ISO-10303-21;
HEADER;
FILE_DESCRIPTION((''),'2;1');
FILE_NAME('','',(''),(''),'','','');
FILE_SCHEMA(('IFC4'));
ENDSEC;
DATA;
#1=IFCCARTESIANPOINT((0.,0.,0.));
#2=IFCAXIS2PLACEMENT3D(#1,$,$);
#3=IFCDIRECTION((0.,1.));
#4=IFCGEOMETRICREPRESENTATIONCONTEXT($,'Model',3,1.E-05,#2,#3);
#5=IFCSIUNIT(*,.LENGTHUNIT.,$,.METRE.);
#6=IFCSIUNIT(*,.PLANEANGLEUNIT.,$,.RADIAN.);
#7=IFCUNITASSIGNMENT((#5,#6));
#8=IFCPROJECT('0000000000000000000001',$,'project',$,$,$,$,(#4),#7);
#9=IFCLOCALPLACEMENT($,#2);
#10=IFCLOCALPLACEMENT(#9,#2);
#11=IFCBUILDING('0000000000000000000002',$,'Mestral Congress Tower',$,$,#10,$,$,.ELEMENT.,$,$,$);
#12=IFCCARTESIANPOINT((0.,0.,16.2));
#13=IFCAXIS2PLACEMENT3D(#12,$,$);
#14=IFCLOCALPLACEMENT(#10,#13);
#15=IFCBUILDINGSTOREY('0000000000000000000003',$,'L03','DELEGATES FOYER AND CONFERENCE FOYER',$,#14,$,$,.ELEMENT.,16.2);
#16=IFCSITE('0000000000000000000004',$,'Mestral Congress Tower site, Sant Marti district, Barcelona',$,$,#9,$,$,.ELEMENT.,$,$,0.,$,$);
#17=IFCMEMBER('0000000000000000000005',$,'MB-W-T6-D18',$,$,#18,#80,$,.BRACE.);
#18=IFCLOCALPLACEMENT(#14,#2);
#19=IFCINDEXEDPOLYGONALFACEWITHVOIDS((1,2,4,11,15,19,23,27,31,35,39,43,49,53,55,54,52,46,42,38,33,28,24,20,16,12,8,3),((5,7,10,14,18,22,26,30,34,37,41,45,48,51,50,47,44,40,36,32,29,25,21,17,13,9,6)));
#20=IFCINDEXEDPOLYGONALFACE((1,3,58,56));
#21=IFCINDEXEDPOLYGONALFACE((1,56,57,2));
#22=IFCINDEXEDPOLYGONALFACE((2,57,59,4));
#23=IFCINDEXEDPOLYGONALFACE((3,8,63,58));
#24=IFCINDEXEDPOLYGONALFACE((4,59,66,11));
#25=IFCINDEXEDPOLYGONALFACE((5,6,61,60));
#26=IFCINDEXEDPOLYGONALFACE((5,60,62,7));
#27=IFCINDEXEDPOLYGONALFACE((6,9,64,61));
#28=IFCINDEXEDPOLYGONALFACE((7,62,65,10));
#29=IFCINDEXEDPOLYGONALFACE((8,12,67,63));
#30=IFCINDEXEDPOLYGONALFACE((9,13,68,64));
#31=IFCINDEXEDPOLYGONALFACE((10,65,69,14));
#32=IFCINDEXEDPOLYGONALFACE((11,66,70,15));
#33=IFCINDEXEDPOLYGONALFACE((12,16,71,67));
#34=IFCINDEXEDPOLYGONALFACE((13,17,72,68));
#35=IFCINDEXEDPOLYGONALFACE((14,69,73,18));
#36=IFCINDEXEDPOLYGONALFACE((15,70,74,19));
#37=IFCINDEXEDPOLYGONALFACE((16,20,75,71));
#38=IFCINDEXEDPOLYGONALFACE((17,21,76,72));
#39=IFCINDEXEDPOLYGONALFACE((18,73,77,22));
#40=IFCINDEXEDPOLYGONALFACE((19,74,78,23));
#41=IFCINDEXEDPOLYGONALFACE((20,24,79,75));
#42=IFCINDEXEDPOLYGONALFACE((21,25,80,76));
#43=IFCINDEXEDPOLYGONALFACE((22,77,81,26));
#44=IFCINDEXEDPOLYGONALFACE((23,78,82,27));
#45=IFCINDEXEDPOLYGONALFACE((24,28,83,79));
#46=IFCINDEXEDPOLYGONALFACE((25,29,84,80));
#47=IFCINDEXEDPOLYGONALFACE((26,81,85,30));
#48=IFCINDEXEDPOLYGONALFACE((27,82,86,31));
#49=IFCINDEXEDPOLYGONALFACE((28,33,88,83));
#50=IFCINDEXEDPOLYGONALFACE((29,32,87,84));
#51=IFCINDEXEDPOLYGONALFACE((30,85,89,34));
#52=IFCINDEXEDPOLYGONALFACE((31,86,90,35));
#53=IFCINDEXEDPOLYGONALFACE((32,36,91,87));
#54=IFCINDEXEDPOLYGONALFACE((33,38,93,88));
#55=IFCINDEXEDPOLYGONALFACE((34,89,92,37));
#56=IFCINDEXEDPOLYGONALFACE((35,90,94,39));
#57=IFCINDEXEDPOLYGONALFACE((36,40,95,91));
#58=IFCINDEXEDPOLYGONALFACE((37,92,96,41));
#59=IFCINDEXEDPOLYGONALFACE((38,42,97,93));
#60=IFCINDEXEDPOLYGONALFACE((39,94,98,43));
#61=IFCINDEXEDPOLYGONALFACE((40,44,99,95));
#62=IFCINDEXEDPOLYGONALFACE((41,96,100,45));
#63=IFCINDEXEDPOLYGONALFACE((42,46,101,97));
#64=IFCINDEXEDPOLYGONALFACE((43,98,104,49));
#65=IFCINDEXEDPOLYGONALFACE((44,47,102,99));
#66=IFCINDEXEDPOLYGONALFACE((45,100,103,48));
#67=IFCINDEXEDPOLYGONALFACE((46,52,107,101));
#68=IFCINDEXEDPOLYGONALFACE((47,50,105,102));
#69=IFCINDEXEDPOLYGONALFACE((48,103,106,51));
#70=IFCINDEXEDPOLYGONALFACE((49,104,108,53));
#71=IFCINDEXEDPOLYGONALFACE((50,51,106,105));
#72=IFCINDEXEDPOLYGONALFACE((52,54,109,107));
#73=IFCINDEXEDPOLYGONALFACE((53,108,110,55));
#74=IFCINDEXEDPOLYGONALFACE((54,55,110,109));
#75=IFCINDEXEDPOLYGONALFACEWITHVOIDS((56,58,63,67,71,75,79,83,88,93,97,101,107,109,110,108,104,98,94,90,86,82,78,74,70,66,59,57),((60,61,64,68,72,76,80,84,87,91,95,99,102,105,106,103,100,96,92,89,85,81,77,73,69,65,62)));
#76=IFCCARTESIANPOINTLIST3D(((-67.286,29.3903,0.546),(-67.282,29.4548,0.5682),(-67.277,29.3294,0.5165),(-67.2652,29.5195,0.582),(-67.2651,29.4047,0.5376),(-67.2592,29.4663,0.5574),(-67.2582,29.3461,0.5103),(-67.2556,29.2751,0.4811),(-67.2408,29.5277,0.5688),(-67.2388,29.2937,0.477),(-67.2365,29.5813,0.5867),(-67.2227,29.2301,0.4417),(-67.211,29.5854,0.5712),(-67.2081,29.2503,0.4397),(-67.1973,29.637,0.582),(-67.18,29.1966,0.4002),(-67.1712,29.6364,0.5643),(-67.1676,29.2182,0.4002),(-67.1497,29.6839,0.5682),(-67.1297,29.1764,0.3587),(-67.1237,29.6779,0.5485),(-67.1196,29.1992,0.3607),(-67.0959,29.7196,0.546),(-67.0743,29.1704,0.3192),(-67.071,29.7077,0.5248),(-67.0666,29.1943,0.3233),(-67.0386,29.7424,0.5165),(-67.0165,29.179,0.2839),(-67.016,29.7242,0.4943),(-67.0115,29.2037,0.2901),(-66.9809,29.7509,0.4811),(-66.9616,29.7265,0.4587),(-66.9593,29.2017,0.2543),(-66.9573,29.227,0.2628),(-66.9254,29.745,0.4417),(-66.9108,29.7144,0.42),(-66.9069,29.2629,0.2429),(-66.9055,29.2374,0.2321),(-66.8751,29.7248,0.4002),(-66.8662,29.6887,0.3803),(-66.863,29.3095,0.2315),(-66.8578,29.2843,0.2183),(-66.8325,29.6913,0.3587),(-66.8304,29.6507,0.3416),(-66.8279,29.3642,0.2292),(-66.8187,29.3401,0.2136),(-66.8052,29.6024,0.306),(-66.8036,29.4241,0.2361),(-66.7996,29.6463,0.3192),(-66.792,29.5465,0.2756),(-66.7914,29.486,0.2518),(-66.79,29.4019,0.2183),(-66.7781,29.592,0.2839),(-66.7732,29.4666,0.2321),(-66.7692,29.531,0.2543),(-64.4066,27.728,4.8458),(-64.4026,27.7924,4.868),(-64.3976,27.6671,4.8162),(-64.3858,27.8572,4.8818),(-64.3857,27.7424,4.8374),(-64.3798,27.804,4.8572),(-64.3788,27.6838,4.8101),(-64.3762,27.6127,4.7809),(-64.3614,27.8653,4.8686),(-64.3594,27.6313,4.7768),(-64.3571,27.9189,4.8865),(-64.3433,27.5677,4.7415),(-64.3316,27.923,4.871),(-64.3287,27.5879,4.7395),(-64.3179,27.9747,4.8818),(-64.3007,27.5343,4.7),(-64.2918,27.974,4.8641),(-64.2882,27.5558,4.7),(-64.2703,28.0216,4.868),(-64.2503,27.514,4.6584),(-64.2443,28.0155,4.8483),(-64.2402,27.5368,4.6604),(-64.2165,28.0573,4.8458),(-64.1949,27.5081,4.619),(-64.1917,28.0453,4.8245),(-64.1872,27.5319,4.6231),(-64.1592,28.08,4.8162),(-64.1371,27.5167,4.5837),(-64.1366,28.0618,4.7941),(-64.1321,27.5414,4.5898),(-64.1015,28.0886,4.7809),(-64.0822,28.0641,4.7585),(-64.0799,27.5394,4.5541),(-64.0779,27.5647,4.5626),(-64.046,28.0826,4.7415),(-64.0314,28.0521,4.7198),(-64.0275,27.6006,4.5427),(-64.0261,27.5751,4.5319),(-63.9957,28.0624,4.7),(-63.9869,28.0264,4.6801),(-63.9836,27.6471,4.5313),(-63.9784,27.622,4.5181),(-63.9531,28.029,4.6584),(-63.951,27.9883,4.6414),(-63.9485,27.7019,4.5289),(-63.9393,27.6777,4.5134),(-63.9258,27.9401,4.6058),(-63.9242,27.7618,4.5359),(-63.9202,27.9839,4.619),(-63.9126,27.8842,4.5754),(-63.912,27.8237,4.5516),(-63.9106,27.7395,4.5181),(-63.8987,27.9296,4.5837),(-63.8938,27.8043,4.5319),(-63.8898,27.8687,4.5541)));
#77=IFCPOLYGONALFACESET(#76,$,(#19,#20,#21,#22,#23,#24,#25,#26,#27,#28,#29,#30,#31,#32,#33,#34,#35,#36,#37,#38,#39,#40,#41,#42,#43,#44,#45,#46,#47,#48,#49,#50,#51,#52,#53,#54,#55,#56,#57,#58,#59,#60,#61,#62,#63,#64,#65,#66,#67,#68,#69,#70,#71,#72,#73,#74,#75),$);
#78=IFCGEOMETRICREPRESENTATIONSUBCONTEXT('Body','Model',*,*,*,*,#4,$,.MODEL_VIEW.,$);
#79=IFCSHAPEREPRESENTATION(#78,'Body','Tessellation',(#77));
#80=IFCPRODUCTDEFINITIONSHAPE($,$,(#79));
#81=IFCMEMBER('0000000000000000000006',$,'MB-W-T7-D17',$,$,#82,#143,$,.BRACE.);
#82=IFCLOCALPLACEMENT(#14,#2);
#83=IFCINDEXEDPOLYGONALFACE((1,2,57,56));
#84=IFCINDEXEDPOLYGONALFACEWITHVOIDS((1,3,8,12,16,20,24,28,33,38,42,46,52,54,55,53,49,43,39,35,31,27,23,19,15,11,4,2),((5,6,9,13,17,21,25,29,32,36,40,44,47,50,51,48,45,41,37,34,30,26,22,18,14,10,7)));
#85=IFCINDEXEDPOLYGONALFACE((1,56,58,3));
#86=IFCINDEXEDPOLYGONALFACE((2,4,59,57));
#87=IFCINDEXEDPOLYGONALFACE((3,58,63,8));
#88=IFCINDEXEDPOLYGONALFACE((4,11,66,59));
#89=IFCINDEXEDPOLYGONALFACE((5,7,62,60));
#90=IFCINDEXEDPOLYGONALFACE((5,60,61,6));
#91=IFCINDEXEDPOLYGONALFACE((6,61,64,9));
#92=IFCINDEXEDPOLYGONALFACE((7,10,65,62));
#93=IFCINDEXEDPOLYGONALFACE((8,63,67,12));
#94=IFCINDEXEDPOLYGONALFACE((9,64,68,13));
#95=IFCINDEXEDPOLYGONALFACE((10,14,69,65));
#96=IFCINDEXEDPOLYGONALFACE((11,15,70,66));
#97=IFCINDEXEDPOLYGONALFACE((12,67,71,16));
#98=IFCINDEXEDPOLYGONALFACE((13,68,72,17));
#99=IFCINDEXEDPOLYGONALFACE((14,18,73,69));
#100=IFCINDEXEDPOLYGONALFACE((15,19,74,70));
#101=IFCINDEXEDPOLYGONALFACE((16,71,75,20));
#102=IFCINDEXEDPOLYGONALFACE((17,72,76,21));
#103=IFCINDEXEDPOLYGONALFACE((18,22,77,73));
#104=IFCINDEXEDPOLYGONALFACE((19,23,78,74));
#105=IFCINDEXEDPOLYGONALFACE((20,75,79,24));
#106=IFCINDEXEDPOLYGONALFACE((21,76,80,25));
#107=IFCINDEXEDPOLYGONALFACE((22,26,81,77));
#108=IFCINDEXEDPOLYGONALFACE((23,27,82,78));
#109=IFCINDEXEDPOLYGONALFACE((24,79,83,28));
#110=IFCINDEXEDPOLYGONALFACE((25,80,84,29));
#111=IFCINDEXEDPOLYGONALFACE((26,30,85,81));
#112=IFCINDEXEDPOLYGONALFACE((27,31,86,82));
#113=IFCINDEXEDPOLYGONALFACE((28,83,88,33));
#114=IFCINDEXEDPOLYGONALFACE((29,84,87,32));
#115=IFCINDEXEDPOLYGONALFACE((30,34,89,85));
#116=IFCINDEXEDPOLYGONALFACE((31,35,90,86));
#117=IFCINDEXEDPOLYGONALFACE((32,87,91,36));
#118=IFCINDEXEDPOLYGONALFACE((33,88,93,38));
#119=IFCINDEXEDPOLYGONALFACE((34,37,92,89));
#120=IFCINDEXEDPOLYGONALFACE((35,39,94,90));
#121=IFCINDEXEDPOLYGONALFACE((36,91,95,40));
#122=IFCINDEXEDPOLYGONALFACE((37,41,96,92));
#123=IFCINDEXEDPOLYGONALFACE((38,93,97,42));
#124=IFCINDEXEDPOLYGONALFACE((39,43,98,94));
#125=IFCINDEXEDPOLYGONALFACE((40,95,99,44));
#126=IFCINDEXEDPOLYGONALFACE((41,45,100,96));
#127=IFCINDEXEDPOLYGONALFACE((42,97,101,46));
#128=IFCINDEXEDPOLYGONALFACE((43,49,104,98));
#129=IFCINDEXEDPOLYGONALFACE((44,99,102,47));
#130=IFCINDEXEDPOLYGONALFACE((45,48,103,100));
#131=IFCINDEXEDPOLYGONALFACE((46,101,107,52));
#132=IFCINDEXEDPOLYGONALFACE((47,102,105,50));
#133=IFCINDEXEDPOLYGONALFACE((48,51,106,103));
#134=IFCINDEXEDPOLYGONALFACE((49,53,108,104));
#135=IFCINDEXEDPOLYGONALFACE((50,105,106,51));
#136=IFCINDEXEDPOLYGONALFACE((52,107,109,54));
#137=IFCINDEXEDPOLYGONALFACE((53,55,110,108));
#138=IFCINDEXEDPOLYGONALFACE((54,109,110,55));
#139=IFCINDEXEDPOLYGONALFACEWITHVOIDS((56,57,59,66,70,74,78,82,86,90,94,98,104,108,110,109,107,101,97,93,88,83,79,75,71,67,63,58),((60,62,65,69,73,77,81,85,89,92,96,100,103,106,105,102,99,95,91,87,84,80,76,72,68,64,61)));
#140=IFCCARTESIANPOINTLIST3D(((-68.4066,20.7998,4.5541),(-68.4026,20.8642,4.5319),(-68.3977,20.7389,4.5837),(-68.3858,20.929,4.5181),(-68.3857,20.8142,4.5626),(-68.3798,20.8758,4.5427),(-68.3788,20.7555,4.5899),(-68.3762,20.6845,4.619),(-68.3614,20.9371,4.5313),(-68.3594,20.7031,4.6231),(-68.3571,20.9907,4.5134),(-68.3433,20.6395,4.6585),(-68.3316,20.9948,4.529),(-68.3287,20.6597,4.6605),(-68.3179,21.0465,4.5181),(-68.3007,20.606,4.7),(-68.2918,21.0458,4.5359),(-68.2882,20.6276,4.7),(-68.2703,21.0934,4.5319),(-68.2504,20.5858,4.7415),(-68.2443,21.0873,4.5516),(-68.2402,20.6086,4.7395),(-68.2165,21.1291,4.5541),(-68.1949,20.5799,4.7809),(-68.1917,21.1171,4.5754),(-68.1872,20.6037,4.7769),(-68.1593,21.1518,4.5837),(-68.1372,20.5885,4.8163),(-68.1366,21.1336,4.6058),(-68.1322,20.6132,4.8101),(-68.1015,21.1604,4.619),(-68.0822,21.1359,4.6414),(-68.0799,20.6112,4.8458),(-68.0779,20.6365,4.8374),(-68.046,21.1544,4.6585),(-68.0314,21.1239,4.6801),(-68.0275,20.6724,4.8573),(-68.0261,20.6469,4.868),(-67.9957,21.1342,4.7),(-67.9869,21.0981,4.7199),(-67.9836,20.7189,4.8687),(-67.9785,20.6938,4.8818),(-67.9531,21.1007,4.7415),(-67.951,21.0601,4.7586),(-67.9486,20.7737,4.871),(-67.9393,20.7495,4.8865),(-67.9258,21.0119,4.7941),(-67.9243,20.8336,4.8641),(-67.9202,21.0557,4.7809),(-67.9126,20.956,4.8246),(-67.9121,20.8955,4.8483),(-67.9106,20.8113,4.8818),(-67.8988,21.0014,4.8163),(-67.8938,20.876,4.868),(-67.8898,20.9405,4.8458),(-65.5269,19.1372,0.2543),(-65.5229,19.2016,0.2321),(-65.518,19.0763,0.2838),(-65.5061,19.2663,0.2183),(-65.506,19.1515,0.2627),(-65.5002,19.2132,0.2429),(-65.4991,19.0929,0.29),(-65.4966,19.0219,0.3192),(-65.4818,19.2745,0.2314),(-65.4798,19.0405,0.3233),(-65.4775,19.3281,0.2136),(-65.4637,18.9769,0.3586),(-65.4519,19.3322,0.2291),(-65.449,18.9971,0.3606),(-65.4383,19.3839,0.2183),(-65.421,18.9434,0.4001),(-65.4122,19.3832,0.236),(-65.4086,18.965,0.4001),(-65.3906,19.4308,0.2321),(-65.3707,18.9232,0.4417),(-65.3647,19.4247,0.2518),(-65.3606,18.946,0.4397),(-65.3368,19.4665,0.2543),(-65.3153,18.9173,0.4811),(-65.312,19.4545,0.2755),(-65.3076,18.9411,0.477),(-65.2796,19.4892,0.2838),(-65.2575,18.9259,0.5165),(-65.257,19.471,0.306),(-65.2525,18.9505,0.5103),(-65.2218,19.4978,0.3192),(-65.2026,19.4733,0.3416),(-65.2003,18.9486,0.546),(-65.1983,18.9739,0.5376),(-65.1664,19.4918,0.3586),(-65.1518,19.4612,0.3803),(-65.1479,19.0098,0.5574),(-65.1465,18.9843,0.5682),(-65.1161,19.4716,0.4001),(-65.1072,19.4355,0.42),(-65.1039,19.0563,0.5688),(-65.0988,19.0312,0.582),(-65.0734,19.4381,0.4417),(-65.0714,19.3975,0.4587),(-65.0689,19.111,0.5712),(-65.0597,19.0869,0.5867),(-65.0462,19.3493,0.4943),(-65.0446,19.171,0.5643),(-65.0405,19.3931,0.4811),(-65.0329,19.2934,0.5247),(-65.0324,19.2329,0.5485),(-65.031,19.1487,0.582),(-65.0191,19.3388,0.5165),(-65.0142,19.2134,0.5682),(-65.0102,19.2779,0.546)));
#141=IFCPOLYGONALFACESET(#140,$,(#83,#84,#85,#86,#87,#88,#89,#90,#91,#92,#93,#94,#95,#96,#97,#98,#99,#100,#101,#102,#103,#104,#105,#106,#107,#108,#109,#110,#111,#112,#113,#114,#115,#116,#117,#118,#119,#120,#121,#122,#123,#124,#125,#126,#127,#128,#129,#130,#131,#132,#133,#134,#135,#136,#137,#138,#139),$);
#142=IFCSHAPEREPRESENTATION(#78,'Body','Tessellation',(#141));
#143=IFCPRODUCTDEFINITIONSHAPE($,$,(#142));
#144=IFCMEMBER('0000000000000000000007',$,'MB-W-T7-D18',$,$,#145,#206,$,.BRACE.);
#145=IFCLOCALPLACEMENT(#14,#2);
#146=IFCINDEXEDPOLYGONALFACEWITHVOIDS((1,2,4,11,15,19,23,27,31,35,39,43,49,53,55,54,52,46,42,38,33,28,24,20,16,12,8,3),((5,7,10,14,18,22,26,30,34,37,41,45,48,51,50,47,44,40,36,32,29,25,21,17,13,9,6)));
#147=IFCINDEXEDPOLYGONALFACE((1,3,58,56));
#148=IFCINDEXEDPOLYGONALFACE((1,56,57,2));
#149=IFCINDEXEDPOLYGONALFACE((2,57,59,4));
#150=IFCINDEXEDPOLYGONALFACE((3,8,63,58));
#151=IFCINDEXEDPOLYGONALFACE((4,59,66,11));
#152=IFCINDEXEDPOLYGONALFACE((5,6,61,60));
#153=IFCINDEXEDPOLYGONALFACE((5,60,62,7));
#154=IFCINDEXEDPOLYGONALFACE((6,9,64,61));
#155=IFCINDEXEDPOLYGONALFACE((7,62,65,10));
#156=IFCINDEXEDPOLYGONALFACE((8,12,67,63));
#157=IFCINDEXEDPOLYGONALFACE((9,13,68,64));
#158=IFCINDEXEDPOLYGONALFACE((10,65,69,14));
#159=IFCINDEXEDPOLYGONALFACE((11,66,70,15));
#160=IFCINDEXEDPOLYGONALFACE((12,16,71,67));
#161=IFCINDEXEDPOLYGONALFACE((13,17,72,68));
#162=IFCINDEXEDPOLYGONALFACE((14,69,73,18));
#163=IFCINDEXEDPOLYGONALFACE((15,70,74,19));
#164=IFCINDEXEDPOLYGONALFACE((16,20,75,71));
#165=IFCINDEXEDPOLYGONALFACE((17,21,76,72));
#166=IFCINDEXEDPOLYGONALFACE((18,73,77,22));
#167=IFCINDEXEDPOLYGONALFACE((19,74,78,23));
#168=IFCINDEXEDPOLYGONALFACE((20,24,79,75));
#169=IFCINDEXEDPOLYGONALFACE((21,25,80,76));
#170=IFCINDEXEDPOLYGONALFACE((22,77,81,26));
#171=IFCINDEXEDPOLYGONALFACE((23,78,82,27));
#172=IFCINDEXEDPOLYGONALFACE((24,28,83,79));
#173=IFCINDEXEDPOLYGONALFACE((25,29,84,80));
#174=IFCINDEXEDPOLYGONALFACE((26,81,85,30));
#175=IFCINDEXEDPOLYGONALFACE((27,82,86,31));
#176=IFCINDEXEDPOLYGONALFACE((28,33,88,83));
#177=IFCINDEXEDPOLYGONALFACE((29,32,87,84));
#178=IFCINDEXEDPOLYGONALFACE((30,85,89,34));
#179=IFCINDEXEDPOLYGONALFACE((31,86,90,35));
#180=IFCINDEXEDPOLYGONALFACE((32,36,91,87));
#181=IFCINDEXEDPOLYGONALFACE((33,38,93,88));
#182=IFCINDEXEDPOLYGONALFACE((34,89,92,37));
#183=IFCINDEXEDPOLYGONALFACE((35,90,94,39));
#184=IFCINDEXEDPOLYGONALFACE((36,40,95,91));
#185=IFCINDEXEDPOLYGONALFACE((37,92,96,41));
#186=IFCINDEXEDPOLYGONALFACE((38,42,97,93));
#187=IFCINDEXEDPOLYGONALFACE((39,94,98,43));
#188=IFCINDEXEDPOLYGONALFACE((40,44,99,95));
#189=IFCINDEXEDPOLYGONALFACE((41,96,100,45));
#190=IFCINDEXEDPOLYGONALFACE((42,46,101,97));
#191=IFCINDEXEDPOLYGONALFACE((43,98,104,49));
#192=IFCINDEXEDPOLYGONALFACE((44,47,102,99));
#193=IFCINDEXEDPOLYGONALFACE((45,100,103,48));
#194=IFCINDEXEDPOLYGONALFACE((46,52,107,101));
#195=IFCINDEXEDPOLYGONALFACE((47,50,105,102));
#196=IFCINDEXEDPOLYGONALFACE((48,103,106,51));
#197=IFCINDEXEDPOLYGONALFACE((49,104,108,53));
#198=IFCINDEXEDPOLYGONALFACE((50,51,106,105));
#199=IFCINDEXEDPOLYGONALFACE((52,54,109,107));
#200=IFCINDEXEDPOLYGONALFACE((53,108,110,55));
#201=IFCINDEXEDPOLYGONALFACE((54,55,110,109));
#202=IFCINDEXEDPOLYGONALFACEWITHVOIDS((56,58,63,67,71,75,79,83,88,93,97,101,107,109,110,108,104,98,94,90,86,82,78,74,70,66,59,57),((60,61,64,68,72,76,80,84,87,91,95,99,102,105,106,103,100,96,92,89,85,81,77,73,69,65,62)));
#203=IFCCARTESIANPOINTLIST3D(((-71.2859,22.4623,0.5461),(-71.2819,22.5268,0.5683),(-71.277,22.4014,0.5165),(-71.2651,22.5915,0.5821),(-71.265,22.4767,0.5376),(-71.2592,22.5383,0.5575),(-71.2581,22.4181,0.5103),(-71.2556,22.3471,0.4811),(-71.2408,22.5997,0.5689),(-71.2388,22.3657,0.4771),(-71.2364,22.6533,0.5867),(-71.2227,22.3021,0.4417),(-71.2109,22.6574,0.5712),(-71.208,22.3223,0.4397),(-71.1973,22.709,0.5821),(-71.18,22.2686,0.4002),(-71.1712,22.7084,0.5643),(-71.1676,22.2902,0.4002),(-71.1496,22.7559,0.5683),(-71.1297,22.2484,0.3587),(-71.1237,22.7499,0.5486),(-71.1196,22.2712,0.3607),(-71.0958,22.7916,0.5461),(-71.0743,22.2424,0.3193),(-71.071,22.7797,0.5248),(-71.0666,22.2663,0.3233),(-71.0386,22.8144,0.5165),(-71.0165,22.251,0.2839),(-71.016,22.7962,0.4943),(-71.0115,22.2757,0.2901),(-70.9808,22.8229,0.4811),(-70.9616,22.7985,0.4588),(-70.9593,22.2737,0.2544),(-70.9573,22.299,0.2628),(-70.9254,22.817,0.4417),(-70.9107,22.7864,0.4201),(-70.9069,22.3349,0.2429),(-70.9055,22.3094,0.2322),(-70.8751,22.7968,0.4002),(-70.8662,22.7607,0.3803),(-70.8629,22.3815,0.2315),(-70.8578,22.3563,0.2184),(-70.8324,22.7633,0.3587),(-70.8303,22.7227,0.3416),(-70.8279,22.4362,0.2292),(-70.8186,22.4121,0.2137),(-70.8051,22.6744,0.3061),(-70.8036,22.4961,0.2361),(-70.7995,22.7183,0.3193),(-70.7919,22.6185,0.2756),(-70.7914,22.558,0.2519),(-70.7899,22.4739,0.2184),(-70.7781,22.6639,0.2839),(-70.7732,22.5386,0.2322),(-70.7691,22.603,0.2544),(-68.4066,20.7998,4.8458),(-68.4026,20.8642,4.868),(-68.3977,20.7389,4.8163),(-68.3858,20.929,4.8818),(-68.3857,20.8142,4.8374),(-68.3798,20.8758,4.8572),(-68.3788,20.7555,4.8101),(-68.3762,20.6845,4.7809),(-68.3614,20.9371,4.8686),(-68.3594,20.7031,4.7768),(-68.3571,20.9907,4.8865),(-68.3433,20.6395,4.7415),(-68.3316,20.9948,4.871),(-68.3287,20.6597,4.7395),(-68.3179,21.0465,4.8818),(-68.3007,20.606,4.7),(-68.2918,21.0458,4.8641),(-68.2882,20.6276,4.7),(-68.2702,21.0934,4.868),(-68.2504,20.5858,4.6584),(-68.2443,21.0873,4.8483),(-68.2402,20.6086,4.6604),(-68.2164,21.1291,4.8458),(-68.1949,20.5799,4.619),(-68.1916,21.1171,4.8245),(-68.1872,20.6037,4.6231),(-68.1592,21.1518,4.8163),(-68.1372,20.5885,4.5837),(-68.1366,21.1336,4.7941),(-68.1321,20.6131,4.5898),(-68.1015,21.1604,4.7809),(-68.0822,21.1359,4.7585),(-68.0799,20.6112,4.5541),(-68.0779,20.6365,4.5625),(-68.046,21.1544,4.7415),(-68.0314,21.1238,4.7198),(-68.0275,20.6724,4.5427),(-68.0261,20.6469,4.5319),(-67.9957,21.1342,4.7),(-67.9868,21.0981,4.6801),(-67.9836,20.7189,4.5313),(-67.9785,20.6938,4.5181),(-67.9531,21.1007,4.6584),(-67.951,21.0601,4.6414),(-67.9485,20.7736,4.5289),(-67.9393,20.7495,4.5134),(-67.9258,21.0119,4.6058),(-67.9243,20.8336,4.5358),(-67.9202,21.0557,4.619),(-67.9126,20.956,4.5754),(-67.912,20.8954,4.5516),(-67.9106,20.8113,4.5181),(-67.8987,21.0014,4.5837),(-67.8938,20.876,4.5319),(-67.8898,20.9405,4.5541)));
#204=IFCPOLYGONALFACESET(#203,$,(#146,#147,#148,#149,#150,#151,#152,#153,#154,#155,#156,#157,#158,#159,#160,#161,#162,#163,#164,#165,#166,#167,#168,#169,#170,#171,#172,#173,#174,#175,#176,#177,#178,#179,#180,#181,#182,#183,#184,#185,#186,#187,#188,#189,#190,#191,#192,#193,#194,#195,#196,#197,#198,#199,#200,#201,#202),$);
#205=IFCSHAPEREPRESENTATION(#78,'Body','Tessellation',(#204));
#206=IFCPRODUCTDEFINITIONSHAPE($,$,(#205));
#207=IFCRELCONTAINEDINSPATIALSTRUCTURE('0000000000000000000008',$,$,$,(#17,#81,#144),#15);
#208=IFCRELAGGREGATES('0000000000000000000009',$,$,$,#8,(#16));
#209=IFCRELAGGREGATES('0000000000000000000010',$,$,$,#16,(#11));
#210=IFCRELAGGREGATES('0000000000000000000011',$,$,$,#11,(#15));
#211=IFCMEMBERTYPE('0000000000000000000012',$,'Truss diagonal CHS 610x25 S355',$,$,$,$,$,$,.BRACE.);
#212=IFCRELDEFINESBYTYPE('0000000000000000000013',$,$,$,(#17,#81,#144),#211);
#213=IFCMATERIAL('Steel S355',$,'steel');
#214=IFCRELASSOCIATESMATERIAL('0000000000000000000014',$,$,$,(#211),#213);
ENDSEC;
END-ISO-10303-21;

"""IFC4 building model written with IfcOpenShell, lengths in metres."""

from ifc_helpers import new_model, si_unit, direction, frame, origin, origin_2d, place, context, subcontext, project, spatial, hollow_circle, extrude, material, material_profile, profile_set, type_object, element, save


model = new_model("IFC4")

# Units and contexts
model_context = context("Model", 3, precision=1e-05, world=origin(), true_north=direction((0.0, 1.0)))
body_context = subcontext(model_context, "Body", "Model", "MODEL_VIEW")
ifc_project = project(units=[si_unit("LENGTHUNIT", "METRE"), si_unit("PLANEANGLEUNIT", "RADIAN")], contexts=[model_context])

# Site, building, storey
site_placement = place(None, origin())
site = spatial("IfcSite", under=ifc_project, at=site_placement, Name="Mestral Congress Tower site, Sant Marti district, Barcelona", CompositionType="ELEMENT", RefElevation=0.0)
building_placement = place(site_placement, origin())
building = spatial("IfcBuilding", under=site, at=building_placement, Name="Mestral Congress Tower", CompositionType="ELEMENT")
storey_placement = place(building_placement, frame((0.0, 0.0, 16.2)))
storey = spatial("IfcBuildingStorey", under=building, at=storey_placement, Name="L03", Description="DELEGATES FOYER AND CONFERENCE FOYER", CompositionType="ELEMENT", Elevation=16.2)

# Shared definitions
ifc_material_1 = material(Name="Steel S355", Category="steel")

# Members
ifc_material_profile_1 = material_profile(ifc_material_1, hollow_circle(Radius=0.3049, WallThickness=0.0249, at=origin_2d()), Name="CHS 610x25")
ifc_profile_set_1 = profile_set([ifc_material_profile_1], Name="Steel S355")
member_type_1 = type_object("IfcMemberType", Name="Truss diagonal CHS 610x25 S355", PredefinedType="BRACE", material=ifc_profile_set_1)
member_1_placement = place(storey_placement, frame((-64.1482, 27.7983, 4.7), z_axis=(-0.529757, 0.305843, -0.791087), x_axis=(-0.499985, -0.866034, 0.0)))
element("IfcMember", 1, at=member_1_placement, inside=storey, type_object=member_type_1, Name="MB-W-T6-D18", PredefinedType="BRACE", context=body_context, shape_type="SweptSolid", body=[
    extrude(hollow_circle(Radius=0.3049, WallThickness=0.0249, at=origin_2d()), origin(), (0.0, 0.0, 1.0), 5.4353),
])
member_2_placement = place(storey_placement, frame((-65.2686, 19.2075, 0.4001), z_axis=(-0.529782, 0.305877, 0.791057), x_axis=(-0.500008, -0.866021, 0.0)))
element("IfcMember", 2, at=member_2_placement, inside=storey, type_object=member_type_1, Name="MB-W-T7-D17", PredefinedType="BRACE", context=body_context, shape_type="SweptSolid", body=[
    extrude(hollow_circle(Radius=0.3049, WallThickness=0.0249, at=origin_2d()), origin(), (0.0, 0.0, 1.0), 5.4355),
])
for number, where, z_axis, x_axis, name in (
    (3, (-68.1482, 20.8701, 4.7), (-0.529749, 0.305884, -0.791076), (-0.50004, -0.866002, 0.0), "MB-W-T7-D18"),
):
    element("IfcMember", number, at=place(storey_placement, frame(where, z_axis=z_axis, x_axis=x_axis)), inside=storey, type_object=member_type_1, Name=name, PredefinedType="BRACE", context=body_context, shape_type="SweptSolid", body=[
        extrude(hollow_circle(Radius=0.3049, WallThickness=0.0249, at=origin_2d()), origin(), (0.0, 0.0, 1.0), 5.4353),
    ])

save(model, "model.ifc")
